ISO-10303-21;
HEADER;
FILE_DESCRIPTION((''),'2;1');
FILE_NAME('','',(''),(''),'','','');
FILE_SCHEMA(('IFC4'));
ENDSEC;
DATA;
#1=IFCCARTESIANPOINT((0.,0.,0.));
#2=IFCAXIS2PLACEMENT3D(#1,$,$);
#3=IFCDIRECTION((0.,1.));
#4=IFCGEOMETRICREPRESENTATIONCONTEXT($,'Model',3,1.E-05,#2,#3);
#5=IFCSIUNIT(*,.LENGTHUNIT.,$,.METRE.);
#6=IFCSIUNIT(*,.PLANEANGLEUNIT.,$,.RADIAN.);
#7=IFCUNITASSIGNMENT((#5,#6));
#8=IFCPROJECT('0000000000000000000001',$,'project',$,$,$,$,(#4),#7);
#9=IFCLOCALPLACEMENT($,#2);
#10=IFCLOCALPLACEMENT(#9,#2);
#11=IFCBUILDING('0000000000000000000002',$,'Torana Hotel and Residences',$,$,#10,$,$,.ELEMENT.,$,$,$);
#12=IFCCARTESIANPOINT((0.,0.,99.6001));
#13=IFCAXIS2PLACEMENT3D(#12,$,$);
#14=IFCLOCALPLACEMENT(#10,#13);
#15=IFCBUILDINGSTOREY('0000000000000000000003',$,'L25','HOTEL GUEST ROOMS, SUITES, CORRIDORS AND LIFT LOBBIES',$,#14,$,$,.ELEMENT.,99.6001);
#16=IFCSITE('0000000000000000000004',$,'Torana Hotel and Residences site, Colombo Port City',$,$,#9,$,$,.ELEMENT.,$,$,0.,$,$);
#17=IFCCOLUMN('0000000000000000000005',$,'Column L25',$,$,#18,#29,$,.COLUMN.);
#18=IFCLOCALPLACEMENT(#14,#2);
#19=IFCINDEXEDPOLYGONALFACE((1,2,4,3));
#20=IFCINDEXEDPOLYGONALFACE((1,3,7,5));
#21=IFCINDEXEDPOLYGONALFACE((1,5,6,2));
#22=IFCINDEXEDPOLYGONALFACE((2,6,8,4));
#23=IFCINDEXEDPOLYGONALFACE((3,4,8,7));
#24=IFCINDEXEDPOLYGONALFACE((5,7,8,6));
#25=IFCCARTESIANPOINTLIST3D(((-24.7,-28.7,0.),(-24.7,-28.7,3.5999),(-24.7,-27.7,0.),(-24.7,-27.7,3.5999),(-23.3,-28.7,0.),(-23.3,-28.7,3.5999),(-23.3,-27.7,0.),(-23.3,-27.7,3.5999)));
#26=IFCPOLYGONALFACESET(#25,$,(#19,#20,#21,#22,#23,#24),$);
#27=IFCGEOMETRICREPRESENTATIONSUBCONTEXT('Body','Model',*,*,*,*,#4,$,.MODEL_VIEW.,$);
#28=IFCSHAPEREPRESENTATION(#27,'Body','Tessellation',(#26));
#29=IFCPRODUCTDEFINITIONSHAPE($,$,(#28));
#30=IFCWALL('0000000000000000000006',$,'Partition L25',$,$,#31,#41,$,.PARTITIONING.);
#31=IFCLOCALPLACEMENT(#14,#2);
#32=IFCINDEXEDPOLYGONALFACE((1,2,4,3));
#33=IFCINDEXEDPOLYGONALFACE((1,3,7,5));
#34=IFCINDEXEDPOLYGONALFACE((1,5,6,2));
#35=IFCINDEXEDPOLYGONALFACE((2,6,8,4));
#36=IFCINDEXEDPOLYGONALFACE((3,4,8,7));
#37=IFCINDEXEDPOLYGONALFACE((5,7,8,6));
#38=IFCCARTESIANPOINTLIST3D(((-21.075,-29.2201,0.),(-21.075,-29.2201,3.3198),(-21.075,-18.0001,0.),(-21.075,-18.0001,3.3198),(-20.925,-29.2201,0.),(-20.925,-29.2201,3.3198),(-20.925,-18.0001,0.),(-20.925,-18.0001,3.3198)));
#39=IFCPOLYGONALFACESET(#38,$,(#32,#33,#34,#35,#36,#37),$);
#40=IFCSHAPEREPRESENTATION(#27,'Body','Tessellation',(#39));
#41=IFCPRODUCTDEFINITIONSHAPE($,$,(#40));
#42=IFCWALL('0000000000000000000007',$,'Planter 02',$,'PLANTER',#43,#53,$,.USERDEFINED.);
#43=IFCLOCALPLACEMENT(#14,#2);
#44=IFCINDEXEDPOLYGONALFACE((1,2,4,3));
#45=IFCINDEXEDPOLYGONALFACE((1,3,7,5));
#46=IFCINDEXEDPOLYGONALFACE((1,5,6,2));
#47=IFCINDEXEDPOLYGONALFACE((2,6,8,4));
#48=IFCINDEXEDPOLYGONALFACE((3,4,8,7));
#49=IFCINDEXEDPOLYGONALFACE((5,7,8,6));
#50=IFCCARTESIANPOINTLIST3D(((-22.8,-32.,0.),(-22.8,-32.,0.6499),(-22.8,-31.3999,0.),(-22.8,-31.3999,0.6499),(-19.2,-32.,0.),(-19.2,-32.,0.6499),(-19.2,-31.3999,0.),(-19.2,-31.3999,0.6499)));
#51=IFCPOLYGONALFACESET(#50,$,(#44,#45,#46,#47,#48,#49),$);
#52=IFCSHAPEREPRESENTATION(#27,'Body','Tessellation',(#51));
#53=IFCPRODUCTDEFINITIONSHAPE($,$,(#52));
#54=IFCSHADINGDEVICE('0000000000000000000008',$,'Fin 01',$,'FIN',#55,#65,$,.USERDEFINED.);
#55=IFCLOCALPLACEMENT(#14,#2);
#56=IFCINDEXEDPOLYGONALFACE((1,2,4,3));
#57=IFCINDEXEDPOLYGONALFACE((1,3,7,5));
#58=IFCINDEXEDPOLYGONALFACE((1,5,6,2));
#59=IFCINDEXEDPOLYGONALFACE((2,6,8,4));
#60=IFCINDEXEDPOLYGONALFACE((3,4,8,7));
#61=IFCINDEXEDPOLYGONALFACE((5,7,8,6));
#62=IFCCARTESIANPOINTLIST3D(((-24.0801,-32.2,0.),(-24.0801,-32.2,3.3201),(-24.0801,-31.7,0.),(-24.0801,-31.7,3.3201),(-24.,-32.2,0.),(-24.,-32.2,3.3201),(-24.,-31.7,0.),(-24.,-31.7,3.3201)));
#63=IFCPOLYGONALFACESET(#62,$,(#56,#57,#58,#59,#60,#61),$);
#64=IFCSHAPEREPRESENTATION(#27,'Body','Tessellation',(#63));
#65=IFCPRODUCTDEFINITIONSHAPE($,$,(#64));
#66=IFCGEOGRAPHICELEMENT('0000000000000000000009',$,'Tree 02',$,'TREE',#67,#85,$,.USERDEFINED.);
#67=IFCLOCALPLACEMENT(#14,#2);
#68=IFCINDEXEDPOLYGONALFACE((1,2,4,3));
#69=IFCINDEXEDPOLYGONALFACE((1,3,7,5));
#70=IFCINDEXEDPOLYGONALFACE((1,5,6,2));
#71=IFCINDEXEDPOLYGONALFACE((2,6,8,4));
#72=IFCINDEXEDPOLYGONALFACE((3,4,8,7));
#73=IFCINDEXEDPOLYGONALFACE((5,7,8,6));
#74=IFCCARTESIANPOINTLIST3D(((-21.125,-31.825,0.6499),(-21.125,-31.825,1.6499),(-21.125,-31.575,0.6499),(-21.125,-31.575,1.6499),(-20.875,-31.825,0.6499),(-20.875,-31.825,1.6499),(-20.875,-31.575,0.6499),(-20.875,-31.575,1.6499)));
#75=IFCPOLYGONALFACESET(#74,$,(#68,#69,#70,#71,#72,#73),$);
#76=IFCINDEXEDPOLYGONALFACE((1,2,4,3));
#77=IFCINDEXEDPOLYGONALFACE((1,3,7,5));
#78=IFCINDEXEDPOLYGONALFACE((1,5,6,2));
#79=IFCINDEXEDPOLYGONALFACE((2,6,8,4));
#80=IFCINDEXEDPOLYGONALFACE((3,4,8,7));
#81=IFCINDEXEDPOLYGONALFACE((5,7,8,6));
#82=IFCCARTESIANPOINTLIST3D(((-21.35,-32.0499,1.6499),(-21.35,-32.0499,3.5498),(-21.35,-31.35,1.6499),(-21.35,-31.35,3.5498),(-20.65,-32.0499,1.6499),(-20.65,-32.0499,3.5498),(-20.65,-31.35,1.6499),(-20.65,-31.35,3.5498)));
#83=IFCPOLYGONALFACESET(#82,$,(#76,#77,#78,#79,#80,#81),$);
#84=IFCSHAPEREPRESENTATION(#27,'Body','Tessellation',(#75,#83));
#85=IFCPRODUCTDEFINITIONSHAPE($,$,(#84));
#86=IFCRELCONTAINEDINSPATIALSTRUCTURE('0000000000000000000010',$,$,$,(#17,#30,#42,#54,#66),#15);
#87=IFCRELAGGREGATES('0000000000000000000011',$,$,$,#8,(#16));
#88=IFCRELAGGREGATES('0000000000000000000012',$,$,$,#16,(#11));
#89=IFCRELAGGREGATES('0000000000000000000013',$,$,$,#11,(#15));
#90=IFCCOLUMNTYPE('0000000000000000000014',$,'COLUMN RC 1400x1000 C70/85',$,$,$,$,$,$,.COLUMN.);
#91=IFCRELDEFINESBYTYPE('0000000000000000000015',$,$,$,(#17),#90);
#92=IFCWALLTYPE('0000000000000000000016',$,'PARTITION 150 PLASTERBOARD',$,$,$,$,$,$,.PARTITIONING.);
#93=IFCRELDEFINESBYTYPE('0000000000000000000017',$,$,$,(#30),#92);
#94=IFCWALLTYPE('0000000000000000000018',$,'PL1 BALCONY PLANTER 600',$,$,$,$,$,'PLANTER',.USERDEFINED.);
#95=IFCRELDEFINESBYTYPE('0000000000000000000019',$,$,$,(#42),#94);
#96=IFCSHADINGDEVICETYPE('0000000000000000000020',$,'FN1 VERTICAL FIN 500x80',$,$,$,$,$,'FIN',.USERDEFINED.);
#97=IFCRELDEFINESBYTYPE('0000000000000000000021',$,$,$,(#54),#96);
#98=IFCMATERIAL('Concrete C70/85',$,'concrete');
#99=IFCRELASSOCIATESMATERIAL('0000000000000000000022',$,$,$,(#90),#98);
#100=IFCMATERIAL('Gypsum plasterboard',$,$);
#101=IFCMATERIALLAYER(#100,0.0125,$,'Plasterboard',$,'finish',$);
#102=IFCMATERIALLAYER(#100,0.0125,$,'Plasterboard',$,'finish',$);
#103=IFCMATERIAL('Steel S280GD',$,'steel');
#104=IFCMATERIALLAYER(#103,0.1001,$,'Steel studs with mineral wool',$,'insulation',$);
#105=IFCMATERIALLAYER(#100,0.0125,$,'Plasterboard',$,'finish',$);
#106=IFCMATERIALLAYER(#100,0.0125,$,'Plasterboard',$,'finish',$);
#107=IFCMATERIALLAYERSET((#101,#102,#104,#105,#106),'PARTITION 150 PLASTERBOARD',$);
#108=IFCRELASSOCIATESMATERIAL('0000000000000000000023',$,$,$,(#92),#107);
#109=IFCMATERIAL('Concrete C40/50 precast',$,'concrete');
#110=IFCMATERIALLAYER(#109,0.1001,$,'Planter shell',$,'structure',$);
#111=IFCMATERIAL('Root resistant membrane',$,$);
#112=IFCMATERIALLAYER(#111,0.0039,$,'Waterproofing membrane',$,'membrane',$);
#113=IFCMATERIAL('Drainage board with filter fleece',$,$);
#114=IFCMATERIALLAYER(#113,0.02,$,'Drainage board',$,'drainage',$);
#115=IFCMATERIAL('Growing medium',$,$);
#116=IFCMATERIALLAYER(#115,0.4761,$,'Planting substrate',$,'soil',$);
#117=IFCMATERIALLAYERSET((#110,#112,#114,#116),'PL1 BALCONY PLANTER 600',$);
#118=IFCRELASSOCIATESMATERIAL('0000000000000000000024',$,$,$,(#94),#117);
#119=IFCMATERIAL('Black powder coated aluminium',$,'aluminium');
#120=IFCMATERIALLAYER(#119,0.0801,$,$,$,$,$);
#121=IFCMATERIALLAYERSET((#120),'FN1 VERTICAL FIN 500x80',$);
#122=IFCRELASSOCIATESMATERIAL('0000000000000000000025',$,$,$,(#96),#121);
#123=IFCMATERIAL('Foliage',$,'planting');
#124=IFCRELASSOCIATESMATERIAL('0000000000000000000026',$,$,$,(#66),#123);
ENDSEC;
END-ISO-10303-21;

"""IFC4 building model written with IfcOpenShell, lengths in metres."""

from ifc_helpers import new_model, si_unit, direction, frame, frame_2d, origin, origin_2d, place, context, subcontext, project, spatial, rectangle, extrude, material, layer, layer_set, material_profile, profile_set, type_object, element, save


model = new_model("IFC4")

# Units and contexts
model_context = context("Model", 3, precision=1e-05, world=origin(), true_north=direction((0.0, 1.0)))
body_context = subcontext(model_context, "Body", "Model", "MODEL_VIEW")
ifc_project = project(units=[si_unit("LENGTHUNIT", "METRE"), si_unit("PLANEANGLEUNIT", "RADIAN")], contexts=[model_context])

# Site, building, storey
site_placement = place(None, origin())
site = spatial("IfcSite", under=ifc_project, at=site_placement, Name="Torana Hotel and Residences site, Colombo Port City", CompositionType="ELEMENT", RefElevation=0.0)
building_placement = place(site_placement, origin())
building = spatial("IfcBuilding", under=site, at=building_placement, Name="Torana Hotel and Residences", CompositionType="ELEMENT")
storey_placement = place(building_placement, frame((0.0, 0.0, 99.6001)))
storey = spatial("IfcBuildingStorey", under=building, at=storey_placement, Name="L25", Description="HOTEL GUEST ROOMS, SUITES, CORRIDORS AND LIFT LOBBIES", CompositionType="ELEMENT", Elevation=99.6001)

# Column
ifc_material_1 = material(Name="Concrete C70/85", Category="concrete")
ifc_material_profile = material_profile(ifc_material_1, rectangle(XDim=1.3999, YDim=1.0, at=origin_2d()), Name="RC 1400x1000")
ifc_profile_set = profile_set([ifc_material_profile], Name="Concrete C70/85")
column_type = type_object("IfcColumnType", Name="COLUMN RC 1400x1000 C70/85", PredefinedType="COLUMN", material=ifc_profile_set)
column_placement = place(storey_placement, frame((-24.0, -28.2, 0.0), z_axis=(0.0, 0.0, 1.0), x_axis=(1.0, 0.0, 0.0)))
element("IfcColumn", 1, at=column_placement, inside=storey, type_object=column_type, Name="Column L25", PredefinedType="COLUMN", context=body_context, shape_type="SweptSolid", body=[
    extrude(rectangle(XDim=1.3999, YDim=1.0, at=origin_2d()), origin(), (0.0, 0.0, 1.0), 3.5999),
])

# Walls
ifc_material_2 = material(Name="Gypsum plasterboard")
ifc_layer_1 = layer(ifc_material_2, 0.0125, Name="Plasterboard", Category="finish")
ifc_layer_2 = layer(ifc_material_2, 0.0125, Name="Plasterboard", Category="finish")
ifc_material_3 = material(Name="Steel S280GD", Category="steel")
ifc_layer_3 = layer(ifc_material_3, 0.1001, Name="Steel studs with mineral wool", Category="insulation")
ifc_layer_4 = layer(ifc_material_2, 0.0125, Name="Plasterboard", Category="finish")
ifc_layer_5 = layer(ifc_material_2, 0.0125, Name="Plasterboard", Category="finish")
ifc_layer_set_1 = layer_set([ifc_layer_1, ifc_layer_2, ifc_layer_3, ifc_layer_4, ifc_layer_5], Name="PARTITION 150 PLASTERBOARD")
wall_type_1 = type_object("IfcWallType", Name="PARTITION 150 PLASTERBOARD", PredefinedType="PARTITIONING", material=ifc_layer_set_1)
wall_1_placement = place(storey_placement, frame((-21.0, -29.22, 0.0), z_axis=(0.0, 0.0, 1.0), x_axis=(0.0, 1.0, 0.0)))
element("IfcWall", 2, at=wall_1_placement, inside=storey, type_object=wall_type_1, Name="Partition L25", PredefinedType="PARTITIONING", context=body_context, shape_type="SweptSolid", body=[
    extrude(rectangle(XDim=11.22, YDim=0.1499, at=frame_2d((5.6099, 0.0))), origin(), (0.0, 0.0, 1.0), 3.3198),
])
ifc_material_4 = material(Name="Concrete C40/50 precast", Category="concrete")
ifc_layer_6 = layer(ifc_material_4, 0.1001, Name="Planter shell", Category="structure")
ifc_material_5 = material(Name="Root resistant membrane")
ifc_layer_7 = layer(ifc_material_5, 0.0039, Name="Waterproofing membrane", Category="membrane")
ifc_material_6 = material(Name="Drainage board with filter fleece")
ifc_layer_8 = layer(ifc_material_6, 0.02, Name="Drainage board", Category="drainage")
ifc_material_7 = material(Name="Growing medium")
ifc_layer_9 = layer(ifc_material_7, 0.4761, Name="Planting substrate", Category="soil")
ifc_layer_set_2 = layer_set([ifc_layer_6, ifc_layer_7, ifc_layer_8, ifc_layer_9], Name="PL1 BALCONY PLANTER 600")
wall_type_2 = type_object("IfcWallType", Name="PL1 BALCONY PLANTER 600", ElementType="PLANTER", PredefinedType="USERDEFINED", material=ifc_layer_set_2)
wall_2_placement = place(storey_placement, frame((-19.2, -31.7, 0.0), z_axis=(0.0, 0.0, 1.0), x_axis=(-1.0, 0.0, 0.0)))
element("IfcWall", 3, at=wall_2_placement, inside=storey, type_object=wall_type_2, Name="Planter 02", ObjectType="PLANTER", PredefinedType="USERDEFINED", context=body_context, shape_type="SweptSolid", body=[
    extrude(rectangle(XDim=3.6001, YDim=0.6001, at=frame_2d((1.8, 0.0))), origin(), (0.0, 0.0, 1.0), 0.6499),
])

# Shading device
ifc_material_8 = material(Name="Black powder coated aluminium", Category="aluminium")
ifc_layer_10 = layer(ifc_material_8, 0.0801)
ifc_layer_set_3 = layer_set([ifc_layer_10], Name="FN1 VERTICAL FIN 500x80")
shading_device_type = type_object("IfcShadingDeviceType", Name="FN1 VERTICAL FIN 500x80", ElementType="FIN", PredefinedType="USERDEFINED", material=ifc_layer_set_3)
shading_device_placement = place(storey_placement, frame((-24.04, -31.95, 0.0), z_axis=(0.0, 0.0, 1.0), x_axis=(-1.0, 0.0, 0.0)))
element("IfcShadingDevice", 4, at=shading_device_placement, inside=storey, type_object=shading_device_type, Name="Fin 01", ObjectType="FIN", PredefinedType="USERDEFINED", context=body_context, shape_type="SweptSolid", body=[
    extrude(rectangle(XDim=0.0801, YDim=0.5, at=origin_2d()), origin(), (0.0, 0.0, 1.0), 3.3201),
])

# Geographic element
ifc_material_9 = material(Name="Foliage", Category="planting")
geographic_element_placement = place(storey_placement, frame((-21.0, -31.7, 0.6499), z_axis=(0.0, 0.0, 1.0), x_axis=(1.0, 0.0, 0.0)))
element("IfcGeographicElement", 5, at=geographic_element_placement, inside=storey, material=ifc_material_9, Name="Tree 02", ObjectType="TREE", PredefinedType="USERDEFINED", context=body_context, shape_type="SweptSolid", body=[
    extrude(rectangle(XDim=0.25, YDim=0.25, at=origin_2d()), origin(), (0.0, 0.0, 1.0), 1.0),
    extrude(rectangle(XDim=0.7, YDim=0.7, at=origin_2d()), frame((0.0, 0.0, 1.0)), (0.0, 0.0, 1.0), 1.8999),
])

save(model, "model.ifc")
